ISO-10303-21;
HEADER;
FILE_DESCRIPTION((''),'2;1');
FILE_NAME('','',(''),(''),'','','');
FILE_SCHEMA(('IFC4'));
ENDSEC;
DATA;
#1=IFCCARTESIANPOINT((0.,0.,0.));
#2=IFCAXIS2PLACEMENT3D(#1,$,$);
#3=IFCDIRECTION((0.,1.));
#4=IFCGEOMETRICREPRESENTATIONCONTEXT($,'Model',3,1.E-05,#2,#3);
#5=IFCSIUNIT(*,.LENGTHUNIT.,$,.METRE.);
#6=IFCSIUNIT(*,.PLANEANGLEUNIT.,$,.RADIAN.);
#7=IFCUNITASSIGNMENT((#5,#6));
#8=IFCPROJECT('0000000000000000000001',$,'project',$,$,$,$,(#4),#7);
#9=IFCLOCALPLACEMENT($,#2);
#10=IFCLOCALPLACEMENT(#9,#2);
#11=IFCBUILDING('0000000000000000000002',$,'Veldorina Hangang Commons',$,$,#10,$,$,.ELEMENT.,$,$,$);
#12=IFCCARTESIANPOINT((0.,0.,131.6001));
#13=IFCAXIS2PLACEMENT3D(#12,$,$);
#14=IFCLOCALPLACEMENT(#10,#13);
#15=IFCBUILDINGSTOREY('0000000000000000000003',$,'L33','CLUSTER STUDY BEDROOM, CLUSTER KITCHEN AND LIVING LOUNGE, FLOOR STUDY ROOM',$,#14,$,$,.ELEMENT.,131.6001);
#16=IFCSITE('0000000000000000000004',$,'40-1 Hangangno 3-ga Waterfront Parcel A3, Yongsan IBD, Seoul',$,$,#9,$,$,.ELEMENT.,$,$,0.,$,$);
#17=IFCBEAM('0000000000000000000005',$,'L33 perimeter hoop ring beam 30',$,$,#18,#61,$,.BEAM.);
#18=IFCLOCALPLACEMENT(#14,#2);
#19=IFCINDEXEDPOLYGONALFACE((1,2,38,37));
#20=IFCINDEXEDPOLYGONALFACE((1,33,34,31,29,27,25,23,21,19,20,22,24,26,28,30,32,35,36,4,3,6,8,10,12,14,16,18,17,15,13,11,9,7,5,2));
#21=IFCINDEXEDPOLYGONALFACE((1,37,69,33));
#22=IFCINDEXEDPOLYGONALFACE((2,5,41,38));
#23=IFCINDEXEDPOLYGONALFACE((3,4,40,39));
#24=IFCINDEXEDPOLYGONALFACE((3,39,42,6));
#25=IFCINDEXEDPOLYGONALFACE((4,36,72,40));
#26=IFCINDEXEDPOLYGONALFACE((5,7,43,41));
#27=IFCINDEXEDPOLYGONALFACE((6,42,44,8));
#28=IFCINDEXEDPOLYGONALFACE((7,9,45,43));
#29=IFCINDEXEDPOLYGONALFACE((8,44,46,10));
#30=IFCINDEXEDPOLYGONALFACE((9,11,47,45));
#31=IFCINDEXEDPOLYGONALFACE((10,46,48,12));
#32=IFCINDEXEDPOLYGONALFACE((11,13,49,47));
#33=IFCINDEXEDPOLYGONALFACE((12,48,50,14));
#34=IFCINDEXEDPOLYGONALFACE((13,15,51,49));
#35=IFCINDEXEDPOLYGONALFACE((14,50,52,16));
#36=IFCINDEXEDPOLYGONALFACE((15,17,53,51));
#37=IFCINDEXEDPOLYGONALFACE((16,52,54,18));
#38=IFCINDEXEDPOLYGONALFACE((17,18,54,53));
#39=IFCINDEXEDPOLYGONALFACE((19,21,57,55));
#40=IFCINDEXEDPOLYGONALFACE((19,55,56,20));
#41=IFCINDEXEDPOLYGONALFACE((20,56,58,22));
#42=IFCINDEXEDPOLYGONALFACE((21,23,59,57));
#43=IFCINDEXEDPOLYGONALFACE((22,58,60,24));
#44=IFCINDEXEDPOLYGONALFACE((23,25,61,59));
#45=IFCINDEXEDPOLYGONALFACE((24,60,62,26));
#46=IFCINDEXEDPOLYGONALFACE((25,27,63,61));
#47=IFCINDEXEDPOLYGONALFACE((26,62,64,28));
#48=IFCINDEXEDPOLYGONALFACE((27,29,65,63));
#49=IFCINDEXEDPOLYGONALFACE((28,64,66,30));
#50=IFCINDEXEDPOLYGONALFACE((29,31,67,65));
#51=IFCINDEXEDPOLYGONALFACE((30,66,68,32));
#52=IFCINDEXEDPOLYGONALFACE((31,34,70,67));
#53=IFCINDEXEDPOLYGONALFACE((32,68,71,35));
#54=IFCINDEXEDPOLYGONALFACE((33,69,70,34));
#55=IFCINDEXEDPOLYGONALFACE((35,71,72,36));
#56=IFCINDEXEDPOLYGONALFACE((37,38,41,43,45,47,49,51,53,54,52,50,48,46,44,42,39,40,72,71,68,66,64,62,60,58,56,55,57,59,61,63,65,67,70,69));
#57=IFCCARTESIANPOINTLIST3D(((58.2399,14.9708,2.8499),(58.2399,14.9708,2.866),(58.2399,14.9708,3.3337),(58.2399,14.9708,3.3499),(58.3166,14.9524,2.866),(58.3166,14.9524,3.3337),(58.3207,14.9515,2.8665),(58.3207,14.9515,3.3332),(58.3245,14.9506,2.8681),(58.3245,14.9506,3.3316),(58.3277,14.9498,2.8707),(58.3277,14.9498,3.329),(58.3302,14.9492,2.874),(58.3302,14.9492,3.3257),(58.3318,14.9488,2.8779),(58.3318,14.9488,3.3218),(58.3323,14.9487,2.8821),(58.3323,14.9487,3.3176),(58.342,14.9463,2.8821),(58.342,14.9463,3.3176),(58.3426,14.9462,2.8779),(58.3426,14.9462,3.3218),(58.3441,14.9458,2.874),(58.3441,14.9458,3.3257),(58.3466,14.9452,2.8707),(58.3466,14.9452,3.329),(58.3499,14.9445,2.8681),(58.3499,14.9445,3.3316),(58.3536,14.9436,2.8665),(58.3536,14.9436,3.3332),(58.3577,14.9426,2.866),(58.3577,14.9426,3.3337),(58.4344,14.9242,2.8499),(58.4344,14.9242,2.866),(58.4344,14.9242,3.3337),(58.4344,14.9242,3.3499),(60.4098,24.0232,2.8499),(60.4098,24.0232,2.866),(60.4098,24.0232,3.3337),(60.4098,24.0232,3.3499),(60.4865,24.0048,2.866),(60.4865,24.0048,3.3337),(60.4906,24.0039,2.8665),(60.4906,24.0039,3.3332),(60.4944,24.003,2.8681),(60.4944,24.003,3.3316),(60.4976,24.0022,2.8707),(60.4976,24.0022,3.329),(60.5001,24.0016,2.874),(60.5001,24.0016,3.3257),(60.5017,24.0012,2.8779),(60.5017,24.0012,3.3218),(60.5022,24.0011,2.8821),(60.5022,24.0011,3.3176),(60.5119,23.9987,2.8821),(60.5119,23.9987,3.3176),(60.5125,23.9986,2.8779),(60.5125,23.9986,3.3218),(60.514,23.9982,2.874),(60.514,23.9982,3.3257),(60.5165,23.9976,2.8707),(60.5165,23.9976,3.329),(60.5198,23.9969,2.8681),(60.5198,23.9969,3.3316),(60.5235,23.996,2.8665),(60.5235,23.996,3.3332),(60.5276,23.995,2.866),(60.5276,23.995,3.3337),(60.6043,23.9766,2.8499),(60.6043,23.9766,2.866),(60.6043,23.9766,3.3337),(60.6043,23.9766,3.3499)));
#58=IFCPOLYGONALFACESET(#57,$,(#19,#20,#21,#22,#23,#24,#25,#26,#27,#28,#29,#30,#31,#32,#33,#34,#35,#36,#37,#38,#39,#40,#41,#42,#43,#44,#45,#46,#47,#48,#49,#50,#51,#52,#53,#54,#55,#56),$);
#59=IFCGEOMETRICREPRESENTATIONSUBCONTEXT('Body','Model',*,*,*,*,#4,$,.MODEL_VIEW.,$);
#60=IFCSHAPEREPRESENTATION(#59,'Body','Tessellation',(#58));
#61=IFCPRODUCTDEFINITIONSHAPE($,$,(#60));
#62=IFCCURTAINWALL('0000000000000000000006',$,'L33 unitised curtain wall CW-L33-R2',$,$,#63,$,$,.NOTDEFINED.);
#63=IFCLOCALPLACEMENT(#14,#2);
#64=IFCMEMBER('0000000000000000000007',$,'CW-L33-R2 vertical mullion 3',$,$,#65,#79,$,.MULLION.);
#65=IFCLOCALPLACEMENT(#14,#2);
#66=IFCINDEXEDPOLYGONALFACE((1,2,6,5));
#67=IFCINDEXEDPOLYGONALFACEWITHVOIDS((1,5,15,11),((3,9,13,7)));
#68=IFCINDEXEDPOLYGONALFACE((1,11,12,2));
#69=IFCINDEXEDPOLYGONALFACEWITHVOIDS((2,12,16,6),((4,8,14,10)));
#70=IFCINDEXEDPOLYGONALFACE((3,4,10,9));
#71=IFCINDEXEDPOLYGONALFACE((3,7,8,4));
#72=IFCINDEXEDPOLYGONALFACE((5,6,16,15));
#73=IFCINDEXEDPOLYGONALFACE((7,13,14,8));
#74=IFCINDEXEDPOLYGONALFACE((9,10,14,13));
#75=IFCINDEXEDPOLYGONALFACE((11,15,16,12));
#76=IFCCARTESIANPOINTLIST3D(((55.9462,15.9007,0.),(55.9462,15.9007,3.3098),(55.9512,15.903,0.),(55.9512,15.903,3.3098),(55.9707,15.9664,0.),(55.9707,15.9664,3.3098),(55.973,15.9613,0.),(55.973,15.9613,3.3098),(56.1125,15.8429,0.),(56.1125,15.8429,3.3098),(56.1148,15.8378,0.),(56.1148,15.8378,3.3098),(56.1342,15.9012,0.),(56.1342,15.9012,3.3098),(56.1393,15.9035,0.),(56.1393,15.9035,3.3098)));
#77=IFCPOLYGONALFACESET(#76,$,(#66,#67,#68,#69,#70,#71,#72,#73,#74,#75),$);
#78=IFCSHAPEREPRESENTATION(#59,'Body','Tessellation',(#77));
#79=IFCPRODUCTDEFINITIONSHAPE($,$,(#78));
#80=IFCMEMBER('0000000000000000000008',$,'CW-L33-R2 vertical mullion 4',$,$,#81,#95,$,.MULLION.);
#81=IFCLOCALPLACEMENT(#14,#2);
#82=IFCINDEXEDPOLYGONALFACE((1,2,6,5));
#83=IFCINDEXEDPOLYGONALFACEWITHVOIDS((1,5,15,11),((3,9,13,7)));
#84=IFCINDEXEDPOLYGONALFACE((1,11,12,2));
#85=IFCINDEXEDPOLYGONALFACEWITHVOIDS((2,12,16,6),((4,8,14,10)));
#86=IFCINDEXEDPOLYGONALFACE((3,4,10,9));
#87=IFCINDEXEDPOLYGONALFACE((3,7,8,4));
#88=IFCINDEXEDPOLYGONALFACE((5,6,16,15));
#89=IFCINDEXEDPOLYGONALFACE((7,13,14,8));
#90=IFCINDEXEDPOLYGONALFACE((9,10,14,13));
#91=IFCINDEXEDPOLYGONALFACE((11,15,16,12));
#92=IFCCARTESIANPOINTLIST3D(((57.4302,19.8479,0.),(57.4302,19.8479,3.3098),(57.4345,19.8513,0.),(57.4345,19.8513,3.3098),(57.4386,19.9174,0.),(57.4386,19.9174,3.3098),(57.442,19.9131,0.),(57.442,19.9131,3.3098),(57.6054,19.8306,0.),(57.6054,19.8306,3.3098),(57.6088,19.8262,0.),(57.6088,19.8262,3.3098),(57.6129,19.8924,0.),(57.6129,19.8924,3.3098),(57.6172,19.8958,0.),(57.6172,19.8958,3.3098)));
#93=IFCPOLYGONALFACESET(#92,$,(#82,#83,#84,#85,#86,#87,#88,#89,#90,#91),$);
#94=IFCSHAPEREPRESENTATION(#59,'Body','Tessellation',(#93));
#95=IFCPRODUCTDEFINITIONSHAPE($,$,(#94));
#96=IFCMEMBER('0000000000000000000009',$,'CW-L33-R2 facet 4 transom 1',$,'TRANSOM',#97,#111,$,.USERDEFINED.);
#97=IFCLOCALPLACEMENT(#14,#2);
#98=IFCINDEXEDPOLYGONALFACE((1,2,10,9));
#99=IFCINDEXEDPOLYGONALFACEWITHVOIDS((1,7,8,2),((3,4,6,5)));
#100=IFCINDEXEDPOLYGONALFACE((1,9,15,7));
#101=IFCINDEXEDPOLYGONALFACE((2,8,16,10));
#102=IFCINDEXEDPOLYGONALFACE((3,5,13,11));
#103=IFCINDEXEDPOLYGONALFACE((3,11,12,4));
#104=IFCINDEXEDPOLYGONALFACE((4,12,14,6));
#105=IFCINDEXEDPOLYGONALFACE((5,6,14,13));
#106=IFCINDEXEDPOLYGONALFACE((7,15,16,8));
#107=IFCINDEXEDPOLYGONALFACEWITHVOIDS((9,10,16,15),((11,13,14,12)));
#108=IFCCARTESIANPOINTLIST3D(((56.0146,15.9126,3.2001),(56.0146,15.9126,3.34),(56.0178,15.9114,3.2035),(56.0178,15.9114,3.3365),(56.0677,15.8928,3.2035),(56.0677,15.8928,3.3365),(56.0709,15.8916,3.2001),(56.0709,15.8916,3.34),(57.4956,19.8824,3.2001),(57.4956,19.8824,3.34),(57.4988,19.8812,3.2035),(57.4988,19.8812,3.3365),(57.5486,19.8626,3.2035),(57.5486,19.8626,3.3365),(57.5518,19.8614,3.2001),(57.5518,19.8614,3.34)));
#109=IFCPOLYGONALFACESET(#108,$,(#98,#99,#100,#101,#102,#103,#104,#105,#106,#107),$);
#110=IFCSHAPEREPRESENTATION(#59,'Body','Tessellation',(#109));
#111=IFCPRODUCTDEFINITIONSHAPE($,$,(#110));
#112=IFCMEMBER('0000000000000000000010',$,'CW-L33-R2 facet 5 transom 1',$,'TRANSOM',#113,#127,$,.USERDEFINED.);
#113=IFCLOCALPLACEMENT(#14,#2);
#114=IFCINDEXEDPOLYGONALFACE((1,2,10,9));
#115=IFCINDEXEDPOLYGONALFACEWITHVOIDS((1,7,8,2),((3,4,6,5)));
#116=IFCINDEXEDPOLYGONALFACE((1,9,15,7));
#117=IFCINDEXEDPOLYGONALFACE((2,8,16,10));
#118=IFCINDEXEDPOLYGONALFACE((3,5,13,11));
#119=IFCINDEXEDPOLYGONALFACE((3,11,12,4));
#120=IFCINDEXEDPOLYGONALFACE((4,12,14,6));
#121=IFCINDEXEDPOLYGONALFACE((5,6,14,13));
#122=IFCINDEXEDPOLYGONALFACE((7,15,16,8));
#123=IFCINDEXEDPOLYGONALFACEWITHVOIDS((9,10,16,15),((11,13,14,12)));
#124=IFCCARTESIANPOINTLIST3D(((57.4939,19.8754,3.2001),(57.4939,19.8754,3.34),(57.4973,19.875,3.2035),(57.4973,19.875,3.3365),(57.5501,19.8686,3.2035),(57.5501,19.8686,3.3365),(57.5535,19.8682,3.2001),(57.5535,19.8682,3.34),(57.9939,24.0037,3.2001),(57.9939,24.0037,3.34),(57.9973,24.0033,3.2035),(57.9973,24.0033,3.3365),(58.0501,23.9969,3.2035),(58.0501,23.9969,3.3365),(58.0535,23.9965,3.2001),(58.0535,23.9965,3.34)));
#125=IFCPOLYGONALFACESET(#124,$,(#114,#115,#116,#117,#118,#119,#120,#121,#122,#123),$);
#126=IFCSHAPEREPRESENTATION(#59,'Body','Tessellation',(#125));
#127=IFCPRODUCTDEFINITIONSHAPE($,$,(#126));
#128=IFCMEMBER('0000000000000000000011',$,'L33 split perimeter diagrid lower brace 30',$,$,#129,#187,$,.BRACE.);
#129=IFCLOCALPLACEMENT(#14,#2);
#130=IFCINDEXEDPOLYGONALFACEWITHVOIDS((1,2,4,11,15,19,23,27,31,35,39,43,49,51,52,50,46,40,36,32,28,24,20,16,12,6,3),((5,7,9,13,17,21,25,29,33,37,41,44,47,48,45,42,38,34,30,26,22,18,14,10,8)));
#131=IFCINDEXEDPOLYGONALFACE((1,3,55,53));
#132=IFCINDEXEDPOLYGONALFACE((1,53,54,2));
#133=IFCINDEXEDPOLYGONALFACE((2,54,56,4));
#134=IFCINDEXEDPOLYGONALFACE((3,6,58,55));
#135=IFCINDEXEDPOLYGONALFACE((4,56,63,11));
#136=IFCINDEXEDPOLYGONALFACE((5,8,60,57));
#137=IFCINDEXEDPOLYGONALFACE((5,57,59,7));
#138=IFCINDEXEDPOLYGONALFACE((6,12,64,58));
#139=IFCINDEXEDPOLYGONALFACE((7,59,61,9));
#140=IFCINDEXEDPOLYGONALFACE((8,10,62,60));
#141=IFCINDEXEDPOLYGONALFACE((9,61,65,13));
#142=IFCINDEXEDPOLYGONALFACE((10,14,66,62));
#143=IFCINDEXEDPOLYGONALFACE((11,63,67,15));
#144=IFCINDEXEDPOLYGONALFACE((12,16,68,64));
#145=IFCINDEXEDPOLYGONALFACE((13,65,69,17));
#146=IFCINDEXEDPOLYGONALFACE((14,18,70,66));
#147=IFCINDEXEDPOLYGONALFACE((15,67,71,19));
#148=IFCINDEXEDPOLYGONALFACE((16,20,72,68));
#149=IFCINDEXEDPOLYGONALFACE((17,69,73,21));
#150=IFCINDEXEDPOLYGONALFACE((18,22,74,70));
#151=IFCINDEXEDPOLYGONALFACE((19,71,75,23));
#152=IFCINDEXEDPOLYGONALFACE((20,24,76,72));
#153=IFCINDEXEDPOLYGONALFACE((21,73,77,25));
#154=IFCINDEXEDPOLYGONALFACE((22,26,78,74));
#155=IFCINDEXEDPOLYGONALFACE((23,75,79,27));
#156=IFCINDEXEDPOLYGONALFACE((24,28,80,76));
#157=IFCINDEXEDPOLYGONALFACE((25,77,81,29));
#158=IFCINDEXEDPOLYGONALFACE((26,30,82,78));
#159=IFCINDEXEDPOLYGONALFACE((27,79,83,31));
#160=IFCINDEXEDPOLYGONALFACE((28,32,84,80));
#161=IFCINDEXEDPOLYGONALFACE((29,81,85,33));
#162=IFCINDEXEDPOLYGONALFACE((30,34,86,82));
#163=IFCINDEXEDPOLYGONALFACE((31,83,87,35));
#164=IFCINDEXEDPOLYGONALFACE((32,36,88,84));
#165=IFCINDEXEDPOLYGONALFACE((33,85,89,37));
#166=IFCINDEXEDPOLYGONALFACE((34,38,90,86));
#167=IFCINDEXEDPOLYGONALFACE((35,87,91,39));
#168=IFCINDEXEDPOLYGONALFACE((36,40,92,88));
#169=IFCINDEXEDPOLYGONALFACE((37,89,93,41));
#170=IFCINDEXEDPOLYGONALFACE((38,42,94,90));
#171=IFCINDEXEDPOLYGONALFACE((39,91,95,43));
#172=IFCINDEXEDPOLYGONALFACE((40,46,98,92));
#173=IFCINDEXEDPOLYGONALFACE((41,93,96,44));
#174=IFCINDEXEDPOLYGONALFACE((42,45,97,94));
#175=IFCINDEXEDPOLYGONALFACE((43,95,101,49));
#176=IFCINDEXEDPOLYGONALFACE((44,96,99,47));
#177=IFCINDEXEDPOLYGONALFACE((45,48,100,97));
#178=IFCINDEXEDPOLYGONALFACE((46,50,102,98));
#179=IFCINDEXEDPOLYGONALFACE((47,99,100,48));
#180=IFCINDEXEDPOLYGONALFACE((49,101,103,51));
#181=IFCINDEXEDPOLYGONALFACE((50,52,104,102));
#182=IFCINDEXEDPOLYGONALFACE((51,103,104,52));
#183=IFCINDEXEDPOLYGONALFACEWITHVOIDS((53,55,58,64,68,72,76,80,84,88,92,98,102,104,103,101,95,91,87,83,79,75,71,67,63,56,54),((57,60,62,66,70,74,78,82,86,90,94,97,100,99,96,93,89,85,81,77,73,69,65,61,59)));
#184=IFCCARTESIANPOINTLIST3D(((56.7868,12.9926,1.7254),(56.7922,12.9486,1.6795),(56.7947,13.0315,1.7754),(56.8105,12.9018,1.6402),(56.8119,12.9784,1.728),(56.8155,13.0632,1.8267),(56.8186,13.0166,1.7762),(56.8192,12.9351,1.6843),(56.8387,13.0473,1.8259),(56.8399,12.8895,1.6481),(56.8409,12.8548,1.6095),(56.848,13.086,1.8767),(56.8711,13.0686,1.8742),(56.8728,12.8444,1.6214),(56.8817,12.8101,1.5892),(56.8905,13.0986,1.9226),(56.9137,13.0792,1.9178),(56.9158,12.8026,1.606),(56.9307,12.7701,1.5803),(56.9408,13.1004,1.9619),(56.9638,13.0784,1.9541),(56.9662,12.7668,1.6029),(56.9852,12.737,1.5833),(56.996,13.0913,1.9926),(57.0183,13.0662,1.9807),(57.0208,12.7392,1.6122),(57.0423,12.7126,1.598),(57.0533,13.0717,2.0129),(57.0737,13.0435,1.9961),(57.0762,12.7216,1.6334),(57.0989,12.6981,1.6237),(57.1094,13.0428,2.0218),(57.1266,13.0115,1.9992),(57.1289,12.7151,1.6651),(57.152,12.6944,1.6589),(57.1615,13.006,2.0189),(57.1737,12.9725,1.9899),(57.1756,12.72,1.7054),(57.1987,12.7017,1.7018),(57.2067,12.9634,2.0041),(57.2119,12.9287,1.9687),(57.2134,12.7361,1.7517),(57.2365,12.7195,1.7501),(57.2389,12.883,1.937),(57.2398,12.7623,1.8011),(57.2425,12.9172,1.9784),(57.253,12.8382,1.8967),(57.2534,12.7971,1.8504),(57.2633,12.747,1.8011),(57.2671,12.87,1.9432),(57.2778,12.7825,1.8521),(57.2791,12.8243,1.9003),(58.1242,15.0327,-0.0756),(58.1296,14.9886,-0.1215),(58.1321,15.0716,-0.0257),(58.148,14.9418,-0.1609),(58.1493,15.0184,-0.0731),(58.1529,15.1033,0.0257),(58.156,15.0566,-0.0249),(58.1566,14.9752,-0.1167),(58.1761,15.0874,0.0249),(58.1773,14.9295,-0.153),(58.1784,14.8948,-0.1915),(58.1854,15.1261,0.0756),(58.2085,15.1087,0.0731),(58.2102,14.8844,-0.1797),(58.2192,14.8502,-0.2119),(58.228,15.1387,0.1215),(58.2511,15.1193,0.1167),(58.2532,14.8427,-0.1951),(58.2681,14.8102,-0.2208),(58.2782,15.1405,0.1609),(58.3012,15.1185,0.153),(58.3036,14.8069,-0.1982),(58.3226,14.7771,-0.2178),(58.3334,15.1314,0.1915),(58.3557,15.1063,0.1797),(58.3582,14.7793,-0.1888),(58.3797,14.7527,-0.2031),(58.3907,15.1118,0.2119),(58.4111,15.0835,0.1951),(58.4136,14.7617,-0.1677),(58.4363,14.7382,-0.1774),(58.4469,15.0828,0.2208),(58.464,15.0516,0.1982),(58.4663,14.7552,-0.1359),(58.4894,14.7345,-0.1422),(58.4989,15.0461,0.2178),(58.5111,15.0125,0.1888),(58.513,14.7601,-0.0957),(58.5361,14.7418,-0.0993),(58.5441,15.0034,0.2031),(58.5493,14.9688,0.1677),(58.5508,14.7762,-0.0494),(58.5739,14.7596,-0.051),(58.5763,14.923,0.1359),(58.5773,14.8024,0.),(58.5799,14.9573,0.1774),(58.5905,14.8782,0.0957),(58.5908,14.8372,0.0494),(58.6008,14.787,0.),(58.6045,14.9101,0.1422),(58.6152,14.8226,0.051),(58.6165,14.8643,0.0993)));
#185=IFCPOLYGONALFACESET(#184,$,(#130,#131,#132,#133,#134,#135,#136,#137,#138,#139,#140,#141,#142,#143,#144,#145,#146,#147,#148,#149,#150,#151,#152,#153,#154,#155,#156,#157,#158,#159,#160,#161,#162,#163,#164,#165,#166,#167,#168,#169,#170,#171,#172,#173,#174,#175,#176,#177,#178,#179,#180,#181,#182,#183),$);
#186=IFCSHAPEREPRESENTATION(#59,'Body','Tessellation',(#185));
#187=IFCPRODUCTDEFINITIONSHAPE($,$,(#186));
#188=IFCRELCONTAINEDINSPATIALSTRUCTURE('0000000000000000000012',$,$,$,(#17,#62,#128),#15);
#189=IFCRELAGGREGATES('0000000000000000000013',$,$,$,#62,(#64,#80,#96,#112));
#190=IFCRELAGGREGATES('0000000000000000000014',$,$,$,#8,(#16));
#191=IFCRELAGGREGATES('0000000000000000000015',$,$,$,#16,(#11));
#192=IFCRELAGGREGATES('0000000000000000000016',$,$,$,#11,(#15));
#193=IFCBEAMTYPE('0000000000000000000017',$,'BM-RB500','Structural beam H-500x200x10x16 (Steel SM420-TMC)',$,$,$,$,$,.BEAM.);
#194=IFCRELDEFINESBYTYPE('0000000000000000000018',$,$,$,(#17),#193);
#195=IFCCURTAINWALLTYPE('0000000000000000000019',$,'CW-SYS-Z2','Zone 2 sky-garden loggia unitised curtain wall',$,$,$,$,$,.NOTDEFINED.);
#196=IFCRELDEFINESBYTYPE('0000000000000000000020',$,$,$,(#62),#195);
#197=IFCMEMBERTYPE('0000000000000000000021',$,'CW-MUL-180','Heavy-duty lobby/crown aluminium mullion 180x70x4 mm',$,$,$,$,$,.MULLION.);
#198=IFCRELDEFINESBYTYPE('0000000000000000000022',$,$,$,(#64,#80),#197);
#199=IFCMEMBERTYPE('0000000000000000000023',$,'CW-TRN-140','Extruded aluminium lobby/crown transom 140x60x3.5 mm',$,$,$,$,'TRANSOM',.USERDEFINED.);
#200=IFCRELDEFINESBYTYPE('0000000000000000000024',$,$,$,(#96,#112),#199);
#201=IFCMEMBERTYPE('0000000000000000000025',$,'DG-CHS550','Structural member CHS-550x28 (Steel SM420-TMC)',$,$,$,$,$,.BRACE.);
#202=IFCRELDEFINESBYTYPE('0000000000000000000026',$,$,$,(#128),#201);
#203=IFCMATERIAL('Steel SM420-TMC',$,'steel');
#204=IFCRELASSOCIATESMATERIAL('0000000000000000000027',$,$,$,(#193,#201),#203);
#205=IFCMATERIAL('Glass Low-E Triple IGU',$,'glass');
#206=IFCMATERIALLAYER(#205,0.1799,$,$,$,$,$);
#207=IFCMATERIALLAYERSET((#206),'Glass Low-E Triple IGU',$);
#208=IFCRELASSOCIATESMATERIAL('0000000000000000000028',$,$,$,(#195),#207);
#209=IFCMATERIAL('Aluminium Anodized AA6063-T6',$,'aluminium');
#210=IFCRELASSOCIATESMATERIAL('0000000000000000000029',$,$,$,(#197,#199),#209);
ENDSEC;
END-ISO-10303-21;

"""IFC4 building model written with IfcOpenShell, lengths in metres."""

from ifc_helpers import new_model, si_unit, direction, frame, origin, origin_2d, place, context, subcontext, project, spatial, hollow_rectangle, hollow_circle, i_section, extrude, material, layer, layer_set, material_profile, profile_set, type_object, element, aggregate, save


model = new_model("IFC4")

# Units and contexts
model_context = context("Model", 3, precision=1e-05, world=origin(), true_north=direction((0.0, 1.0)))
body_context = subcontext(model_context, "Body", "Model", "MODEL_VIEW")
ifc_project = project(units=[si_unit("LENGTHUNIT", "METRE"), si_unit("PLANEANGLEUNIT", "RADIAN")], contexts=[model_context])

# Site, building, storey
site_placement = place(None, origin())
site = spatial("IfcSite", under=ifc_project, at=site_placement, Name="40-1 Hangangno 3-ga Waterfront Parcel A3, Yongsan IBD, Seoul", CompositionType="ELEMENT", RefElevation=0.0)
building_placement = place(site_placement, origin())
building = spatial("IfcBuilding", under=site, at=building_placement, Name="Veldorina Hangang Commons", CompositionType="ELEMENT")
storey_placement = place(building_placement, frame((0.0, 0.0, 131.6001)))
storey = spatial("IfcBuildingStorey", under=building, at=storey_placement, Name="L33", Description="CLUSTER STUDY BEDROOM, CLUSTER KITCHEN AND LIVING LOUNGE, FLOOR STUDY ROOM", CompositionType="ELEMENT", Elevation=131.6001)

# Beam
ifc_material_1 = material(Name="Steel SM420-TMC", Category="steel")
ifc_material_profile_1 = material_profile(ifc_material_1, i_section(OverallWidth=0.2, OverallDepth=0.5, WebThickness=0.01, FlangeThickness=0.0161, FilletRadius=0.0161, at=origin_2d()), Name="H-500x200x10x16")
ifc_profile_set_1 = profile_set([ifc_material_profile_1], Name="Steel SM420-TMC")
beam_type = type_object("IfcBeamType", Name="BM-RB500", Description="Structural beam H-500x200x10x16 (Steel SM420-TMC)", PredefinedType="BEAM", material=ifc_profile_set_1)
beam_placement = place(storey_placement, frame((58.3372, 14.9475, 3.0999), z_axis=(0.233101, 0.972452, 0.0), x_axis=(-0.972452, 0.233101, 0.0)))
element("IfcBeam", 1, at=beam_placement, inside=storey, type_object=beam_type, Name="L33 perimeter hoop ring beam 30", PredefinedType="BEAM", context=body_context, shape_type="SweptSolid", body=[
    extrude(i_section(OverallWidth=0.2, OverallDepth=0.5, WebThickness=0.01, FlangeThickness=0.0161, FilletRadius=0.0161, at=origin_2d()), origin(), (0.0, 0.0, 1.0), 9.3088),
])

# Curtain wall, members
ifc_material_2 = material(Name="Glass Low-E Triple IGU", Category="glass")
ifc_layer_1 = layer(ifc_material_2, 0.1799)
ifc_layer_set_1 = layer_set([ifc_layer_1], Name="Glass Low-E Triple IGU")
curtain_wall_type = type_object("IfcCurtainWallType", Name="CW-SYS-Z2", Description="Zone 2 sky-garden loggia unitised curtain wall", PredefinedType="NOTDEFINED", material=ifc_layer_set_1)
curtain_wall_placement = place(storey_placement, origin())
curtain_wall = element("IfcCurtainWall", 2, at=curtain_wall_placement, inside=storey, type_object=curtain_wall_type, Name="L33 unitised curtain wall CW-L33-R2", PredefinedType="NOTDEFINED")
ifc_material_3 = material(Name="Aluminium Anodized AA6063-T6", Category="aluminium")
ifc_material_profile_2 = material_profile(ifc_material_3, hollow_rectangle(XDim=0.0701, YDim=0.1799, WallThickness=0.0039, at=origin_2d()), Name="ALU-RHS-180x70x4")
ifc_profile_set_2 = profile_set([ifc_material_profile_2], Name="Aluminium Anodized AA6063-T6")
member_type_1 = type_object("IfcMemberType", Name="CW-MUL-180", Description="Heavy-duty lobby/crown aluminium mullion 180x70x4 mm", PredefinedType="MULLION", material=ifc_profile_set_2)
member_1_placement = place(storey_placement, frame((56.0427, 15.9021, 0.0), z_axis=(0.0, 0.0, 1.0), x_axis=(0.349537, 0.936923, 0.0)))
member_1 = element("IfcMember", 3, at=member_1_placement, type_object=member_type_1, Name="CW-L33-R2 vertical mullion 3", PredefinedType="MULLION", context=body_context, shape_type="SweptSolid", body=[
    extrude(hollow_rectangle(XDim=0.0701, YDim=0.1799, WallThickness=0.0039, at=origin_2d()), origin(), (0.0, 0.0, 1.0), 3.3098),
])
member_2_placement = place(storey_placement, frame((57.5237, 19.8718, 0.0), z_axis=(0.0, 0.0, 1.0), x_axis=(0.120241, 0.992745, 0.0)))
member_2 = element("IfcMember", 4, at=member_2_placement, type_object=member_type_1, Name="CW-L33-R2 vertical mullion 4", PredefinedType="MULLION", context=body_context, shape_type="SweptSolid", body=[
    extrude(hollow_rectangle(XDim=0.0701, YDim=0.1799, WallThickness=0.0039, at=origin_2d()), origin(), (0.0, 0.0, 1.0), 3.3098),
])
ifc_material_profile_3 = material_profile(ifc_material_3, hollow_rectangle(XDim=0.0601, YDim=0.1399, WallThickness=0.0034, at=origin_2d()), Name="ALU-RHS-140x60x3.5")
ifc_profile_set_3 = profile_set([ifc_material_profile_3], Name="Aluminium Anodized AA6063-T6")
member_type_2 = type_object("IfcMemberType", Name="CW-TRN-140", Description="Extruded aluminium lobby/crown transom 140x60x3.5 mm", ElementType="TRANSOM", PredefinedType="USERDEFINED", material=ifc_profile_set_3)
member_3_placement = place(storey_placement, frame((56.0427, 15.9021, 3.27), z_axis=(0.349532, 0.936925, 0.0), x_axis=(-0.936925, 0.349532, 0.0)))
member_3 = element("IfcMember", 5, at=member_3_placement, type_object=member_type_2, Name="CW-L33-R2 facet 4 transom 1", ObjectType="TRANSOM", PredefinedType="USERDEFINED", context=body_context, shape_type="SweptSolid", body=[
    extrude(hollow_rectangle(XDim=0.0601, YDim=0.1399, WallThickness=0.0034, at=origin_2d()), origin(), (0.0, 0.0, 1.0), 4.2371),
])
member_4_placement = place(storey_placement, frame((57.5237, 19.8718, 3.27), z_axis=(0.12024, 0.992745, 0.0), x_axis=(-0.992745, 0.12024, 0.0)))
member_4 = element("IfcMember", 6, at=member_4_placement, type_object=member_type_2, Name="CW-L33-R2 facet 5 transom 1", ObjectType="TRANSOM", PredefinedType="USERDEFINED", context=body_context, shape_type="SweptSolid", body=[
    extrude(hollow_rectangle(XDim=0.0601, YDim=0.1399, WallThickness=0.0034, at=origin_2d()), origin(), (0.0, 0.0, 1.0), 4.1584),
])

# Member
ifc_material_profile_4 = material_profile(ifc_material_1, hollow_circle(Radius=0.2749, WallThickness=0.0281, at=origin_2d()), Name="CHS-550x28")
ifc_profile_set_4 = profile_set([ifc_material_profile_4], Name="Steel SM420-TMC")
member_type_3 = type_object("IfcMemberType", Name="DG-CHS550", Description="Structural member CHS-550x28 (Steel SM420-TMC)", PredefinedType="BRACE", material=ifc_profile_set_4)
member_5_placement = place(storey_placement, frame((58.3708, 14.9377, 0.0), z_axis=(-0.44107, -0.672797, 0.593971), x_axis=(0.836306, -0.548263, 0.0)))
element("IfcMember", 7, at=member_5_placement, inside=storey, type_object=member_type_3, Name="L33 split perimeter diagrid lower brace 30", PredefinedType="BRACE", context=body_context, shape_type="SweptSolid", body=[
    extrude(hollow_circle(Radius=0.2749, WallThickness=0.0281, at=origin_2d()), origin(), (0.0, 0.0, 1.0), 3.0322),
])

aggregate(curtain_wall, [member_1, member_2, member_3, member_4])

save(model, "model.ifc")
